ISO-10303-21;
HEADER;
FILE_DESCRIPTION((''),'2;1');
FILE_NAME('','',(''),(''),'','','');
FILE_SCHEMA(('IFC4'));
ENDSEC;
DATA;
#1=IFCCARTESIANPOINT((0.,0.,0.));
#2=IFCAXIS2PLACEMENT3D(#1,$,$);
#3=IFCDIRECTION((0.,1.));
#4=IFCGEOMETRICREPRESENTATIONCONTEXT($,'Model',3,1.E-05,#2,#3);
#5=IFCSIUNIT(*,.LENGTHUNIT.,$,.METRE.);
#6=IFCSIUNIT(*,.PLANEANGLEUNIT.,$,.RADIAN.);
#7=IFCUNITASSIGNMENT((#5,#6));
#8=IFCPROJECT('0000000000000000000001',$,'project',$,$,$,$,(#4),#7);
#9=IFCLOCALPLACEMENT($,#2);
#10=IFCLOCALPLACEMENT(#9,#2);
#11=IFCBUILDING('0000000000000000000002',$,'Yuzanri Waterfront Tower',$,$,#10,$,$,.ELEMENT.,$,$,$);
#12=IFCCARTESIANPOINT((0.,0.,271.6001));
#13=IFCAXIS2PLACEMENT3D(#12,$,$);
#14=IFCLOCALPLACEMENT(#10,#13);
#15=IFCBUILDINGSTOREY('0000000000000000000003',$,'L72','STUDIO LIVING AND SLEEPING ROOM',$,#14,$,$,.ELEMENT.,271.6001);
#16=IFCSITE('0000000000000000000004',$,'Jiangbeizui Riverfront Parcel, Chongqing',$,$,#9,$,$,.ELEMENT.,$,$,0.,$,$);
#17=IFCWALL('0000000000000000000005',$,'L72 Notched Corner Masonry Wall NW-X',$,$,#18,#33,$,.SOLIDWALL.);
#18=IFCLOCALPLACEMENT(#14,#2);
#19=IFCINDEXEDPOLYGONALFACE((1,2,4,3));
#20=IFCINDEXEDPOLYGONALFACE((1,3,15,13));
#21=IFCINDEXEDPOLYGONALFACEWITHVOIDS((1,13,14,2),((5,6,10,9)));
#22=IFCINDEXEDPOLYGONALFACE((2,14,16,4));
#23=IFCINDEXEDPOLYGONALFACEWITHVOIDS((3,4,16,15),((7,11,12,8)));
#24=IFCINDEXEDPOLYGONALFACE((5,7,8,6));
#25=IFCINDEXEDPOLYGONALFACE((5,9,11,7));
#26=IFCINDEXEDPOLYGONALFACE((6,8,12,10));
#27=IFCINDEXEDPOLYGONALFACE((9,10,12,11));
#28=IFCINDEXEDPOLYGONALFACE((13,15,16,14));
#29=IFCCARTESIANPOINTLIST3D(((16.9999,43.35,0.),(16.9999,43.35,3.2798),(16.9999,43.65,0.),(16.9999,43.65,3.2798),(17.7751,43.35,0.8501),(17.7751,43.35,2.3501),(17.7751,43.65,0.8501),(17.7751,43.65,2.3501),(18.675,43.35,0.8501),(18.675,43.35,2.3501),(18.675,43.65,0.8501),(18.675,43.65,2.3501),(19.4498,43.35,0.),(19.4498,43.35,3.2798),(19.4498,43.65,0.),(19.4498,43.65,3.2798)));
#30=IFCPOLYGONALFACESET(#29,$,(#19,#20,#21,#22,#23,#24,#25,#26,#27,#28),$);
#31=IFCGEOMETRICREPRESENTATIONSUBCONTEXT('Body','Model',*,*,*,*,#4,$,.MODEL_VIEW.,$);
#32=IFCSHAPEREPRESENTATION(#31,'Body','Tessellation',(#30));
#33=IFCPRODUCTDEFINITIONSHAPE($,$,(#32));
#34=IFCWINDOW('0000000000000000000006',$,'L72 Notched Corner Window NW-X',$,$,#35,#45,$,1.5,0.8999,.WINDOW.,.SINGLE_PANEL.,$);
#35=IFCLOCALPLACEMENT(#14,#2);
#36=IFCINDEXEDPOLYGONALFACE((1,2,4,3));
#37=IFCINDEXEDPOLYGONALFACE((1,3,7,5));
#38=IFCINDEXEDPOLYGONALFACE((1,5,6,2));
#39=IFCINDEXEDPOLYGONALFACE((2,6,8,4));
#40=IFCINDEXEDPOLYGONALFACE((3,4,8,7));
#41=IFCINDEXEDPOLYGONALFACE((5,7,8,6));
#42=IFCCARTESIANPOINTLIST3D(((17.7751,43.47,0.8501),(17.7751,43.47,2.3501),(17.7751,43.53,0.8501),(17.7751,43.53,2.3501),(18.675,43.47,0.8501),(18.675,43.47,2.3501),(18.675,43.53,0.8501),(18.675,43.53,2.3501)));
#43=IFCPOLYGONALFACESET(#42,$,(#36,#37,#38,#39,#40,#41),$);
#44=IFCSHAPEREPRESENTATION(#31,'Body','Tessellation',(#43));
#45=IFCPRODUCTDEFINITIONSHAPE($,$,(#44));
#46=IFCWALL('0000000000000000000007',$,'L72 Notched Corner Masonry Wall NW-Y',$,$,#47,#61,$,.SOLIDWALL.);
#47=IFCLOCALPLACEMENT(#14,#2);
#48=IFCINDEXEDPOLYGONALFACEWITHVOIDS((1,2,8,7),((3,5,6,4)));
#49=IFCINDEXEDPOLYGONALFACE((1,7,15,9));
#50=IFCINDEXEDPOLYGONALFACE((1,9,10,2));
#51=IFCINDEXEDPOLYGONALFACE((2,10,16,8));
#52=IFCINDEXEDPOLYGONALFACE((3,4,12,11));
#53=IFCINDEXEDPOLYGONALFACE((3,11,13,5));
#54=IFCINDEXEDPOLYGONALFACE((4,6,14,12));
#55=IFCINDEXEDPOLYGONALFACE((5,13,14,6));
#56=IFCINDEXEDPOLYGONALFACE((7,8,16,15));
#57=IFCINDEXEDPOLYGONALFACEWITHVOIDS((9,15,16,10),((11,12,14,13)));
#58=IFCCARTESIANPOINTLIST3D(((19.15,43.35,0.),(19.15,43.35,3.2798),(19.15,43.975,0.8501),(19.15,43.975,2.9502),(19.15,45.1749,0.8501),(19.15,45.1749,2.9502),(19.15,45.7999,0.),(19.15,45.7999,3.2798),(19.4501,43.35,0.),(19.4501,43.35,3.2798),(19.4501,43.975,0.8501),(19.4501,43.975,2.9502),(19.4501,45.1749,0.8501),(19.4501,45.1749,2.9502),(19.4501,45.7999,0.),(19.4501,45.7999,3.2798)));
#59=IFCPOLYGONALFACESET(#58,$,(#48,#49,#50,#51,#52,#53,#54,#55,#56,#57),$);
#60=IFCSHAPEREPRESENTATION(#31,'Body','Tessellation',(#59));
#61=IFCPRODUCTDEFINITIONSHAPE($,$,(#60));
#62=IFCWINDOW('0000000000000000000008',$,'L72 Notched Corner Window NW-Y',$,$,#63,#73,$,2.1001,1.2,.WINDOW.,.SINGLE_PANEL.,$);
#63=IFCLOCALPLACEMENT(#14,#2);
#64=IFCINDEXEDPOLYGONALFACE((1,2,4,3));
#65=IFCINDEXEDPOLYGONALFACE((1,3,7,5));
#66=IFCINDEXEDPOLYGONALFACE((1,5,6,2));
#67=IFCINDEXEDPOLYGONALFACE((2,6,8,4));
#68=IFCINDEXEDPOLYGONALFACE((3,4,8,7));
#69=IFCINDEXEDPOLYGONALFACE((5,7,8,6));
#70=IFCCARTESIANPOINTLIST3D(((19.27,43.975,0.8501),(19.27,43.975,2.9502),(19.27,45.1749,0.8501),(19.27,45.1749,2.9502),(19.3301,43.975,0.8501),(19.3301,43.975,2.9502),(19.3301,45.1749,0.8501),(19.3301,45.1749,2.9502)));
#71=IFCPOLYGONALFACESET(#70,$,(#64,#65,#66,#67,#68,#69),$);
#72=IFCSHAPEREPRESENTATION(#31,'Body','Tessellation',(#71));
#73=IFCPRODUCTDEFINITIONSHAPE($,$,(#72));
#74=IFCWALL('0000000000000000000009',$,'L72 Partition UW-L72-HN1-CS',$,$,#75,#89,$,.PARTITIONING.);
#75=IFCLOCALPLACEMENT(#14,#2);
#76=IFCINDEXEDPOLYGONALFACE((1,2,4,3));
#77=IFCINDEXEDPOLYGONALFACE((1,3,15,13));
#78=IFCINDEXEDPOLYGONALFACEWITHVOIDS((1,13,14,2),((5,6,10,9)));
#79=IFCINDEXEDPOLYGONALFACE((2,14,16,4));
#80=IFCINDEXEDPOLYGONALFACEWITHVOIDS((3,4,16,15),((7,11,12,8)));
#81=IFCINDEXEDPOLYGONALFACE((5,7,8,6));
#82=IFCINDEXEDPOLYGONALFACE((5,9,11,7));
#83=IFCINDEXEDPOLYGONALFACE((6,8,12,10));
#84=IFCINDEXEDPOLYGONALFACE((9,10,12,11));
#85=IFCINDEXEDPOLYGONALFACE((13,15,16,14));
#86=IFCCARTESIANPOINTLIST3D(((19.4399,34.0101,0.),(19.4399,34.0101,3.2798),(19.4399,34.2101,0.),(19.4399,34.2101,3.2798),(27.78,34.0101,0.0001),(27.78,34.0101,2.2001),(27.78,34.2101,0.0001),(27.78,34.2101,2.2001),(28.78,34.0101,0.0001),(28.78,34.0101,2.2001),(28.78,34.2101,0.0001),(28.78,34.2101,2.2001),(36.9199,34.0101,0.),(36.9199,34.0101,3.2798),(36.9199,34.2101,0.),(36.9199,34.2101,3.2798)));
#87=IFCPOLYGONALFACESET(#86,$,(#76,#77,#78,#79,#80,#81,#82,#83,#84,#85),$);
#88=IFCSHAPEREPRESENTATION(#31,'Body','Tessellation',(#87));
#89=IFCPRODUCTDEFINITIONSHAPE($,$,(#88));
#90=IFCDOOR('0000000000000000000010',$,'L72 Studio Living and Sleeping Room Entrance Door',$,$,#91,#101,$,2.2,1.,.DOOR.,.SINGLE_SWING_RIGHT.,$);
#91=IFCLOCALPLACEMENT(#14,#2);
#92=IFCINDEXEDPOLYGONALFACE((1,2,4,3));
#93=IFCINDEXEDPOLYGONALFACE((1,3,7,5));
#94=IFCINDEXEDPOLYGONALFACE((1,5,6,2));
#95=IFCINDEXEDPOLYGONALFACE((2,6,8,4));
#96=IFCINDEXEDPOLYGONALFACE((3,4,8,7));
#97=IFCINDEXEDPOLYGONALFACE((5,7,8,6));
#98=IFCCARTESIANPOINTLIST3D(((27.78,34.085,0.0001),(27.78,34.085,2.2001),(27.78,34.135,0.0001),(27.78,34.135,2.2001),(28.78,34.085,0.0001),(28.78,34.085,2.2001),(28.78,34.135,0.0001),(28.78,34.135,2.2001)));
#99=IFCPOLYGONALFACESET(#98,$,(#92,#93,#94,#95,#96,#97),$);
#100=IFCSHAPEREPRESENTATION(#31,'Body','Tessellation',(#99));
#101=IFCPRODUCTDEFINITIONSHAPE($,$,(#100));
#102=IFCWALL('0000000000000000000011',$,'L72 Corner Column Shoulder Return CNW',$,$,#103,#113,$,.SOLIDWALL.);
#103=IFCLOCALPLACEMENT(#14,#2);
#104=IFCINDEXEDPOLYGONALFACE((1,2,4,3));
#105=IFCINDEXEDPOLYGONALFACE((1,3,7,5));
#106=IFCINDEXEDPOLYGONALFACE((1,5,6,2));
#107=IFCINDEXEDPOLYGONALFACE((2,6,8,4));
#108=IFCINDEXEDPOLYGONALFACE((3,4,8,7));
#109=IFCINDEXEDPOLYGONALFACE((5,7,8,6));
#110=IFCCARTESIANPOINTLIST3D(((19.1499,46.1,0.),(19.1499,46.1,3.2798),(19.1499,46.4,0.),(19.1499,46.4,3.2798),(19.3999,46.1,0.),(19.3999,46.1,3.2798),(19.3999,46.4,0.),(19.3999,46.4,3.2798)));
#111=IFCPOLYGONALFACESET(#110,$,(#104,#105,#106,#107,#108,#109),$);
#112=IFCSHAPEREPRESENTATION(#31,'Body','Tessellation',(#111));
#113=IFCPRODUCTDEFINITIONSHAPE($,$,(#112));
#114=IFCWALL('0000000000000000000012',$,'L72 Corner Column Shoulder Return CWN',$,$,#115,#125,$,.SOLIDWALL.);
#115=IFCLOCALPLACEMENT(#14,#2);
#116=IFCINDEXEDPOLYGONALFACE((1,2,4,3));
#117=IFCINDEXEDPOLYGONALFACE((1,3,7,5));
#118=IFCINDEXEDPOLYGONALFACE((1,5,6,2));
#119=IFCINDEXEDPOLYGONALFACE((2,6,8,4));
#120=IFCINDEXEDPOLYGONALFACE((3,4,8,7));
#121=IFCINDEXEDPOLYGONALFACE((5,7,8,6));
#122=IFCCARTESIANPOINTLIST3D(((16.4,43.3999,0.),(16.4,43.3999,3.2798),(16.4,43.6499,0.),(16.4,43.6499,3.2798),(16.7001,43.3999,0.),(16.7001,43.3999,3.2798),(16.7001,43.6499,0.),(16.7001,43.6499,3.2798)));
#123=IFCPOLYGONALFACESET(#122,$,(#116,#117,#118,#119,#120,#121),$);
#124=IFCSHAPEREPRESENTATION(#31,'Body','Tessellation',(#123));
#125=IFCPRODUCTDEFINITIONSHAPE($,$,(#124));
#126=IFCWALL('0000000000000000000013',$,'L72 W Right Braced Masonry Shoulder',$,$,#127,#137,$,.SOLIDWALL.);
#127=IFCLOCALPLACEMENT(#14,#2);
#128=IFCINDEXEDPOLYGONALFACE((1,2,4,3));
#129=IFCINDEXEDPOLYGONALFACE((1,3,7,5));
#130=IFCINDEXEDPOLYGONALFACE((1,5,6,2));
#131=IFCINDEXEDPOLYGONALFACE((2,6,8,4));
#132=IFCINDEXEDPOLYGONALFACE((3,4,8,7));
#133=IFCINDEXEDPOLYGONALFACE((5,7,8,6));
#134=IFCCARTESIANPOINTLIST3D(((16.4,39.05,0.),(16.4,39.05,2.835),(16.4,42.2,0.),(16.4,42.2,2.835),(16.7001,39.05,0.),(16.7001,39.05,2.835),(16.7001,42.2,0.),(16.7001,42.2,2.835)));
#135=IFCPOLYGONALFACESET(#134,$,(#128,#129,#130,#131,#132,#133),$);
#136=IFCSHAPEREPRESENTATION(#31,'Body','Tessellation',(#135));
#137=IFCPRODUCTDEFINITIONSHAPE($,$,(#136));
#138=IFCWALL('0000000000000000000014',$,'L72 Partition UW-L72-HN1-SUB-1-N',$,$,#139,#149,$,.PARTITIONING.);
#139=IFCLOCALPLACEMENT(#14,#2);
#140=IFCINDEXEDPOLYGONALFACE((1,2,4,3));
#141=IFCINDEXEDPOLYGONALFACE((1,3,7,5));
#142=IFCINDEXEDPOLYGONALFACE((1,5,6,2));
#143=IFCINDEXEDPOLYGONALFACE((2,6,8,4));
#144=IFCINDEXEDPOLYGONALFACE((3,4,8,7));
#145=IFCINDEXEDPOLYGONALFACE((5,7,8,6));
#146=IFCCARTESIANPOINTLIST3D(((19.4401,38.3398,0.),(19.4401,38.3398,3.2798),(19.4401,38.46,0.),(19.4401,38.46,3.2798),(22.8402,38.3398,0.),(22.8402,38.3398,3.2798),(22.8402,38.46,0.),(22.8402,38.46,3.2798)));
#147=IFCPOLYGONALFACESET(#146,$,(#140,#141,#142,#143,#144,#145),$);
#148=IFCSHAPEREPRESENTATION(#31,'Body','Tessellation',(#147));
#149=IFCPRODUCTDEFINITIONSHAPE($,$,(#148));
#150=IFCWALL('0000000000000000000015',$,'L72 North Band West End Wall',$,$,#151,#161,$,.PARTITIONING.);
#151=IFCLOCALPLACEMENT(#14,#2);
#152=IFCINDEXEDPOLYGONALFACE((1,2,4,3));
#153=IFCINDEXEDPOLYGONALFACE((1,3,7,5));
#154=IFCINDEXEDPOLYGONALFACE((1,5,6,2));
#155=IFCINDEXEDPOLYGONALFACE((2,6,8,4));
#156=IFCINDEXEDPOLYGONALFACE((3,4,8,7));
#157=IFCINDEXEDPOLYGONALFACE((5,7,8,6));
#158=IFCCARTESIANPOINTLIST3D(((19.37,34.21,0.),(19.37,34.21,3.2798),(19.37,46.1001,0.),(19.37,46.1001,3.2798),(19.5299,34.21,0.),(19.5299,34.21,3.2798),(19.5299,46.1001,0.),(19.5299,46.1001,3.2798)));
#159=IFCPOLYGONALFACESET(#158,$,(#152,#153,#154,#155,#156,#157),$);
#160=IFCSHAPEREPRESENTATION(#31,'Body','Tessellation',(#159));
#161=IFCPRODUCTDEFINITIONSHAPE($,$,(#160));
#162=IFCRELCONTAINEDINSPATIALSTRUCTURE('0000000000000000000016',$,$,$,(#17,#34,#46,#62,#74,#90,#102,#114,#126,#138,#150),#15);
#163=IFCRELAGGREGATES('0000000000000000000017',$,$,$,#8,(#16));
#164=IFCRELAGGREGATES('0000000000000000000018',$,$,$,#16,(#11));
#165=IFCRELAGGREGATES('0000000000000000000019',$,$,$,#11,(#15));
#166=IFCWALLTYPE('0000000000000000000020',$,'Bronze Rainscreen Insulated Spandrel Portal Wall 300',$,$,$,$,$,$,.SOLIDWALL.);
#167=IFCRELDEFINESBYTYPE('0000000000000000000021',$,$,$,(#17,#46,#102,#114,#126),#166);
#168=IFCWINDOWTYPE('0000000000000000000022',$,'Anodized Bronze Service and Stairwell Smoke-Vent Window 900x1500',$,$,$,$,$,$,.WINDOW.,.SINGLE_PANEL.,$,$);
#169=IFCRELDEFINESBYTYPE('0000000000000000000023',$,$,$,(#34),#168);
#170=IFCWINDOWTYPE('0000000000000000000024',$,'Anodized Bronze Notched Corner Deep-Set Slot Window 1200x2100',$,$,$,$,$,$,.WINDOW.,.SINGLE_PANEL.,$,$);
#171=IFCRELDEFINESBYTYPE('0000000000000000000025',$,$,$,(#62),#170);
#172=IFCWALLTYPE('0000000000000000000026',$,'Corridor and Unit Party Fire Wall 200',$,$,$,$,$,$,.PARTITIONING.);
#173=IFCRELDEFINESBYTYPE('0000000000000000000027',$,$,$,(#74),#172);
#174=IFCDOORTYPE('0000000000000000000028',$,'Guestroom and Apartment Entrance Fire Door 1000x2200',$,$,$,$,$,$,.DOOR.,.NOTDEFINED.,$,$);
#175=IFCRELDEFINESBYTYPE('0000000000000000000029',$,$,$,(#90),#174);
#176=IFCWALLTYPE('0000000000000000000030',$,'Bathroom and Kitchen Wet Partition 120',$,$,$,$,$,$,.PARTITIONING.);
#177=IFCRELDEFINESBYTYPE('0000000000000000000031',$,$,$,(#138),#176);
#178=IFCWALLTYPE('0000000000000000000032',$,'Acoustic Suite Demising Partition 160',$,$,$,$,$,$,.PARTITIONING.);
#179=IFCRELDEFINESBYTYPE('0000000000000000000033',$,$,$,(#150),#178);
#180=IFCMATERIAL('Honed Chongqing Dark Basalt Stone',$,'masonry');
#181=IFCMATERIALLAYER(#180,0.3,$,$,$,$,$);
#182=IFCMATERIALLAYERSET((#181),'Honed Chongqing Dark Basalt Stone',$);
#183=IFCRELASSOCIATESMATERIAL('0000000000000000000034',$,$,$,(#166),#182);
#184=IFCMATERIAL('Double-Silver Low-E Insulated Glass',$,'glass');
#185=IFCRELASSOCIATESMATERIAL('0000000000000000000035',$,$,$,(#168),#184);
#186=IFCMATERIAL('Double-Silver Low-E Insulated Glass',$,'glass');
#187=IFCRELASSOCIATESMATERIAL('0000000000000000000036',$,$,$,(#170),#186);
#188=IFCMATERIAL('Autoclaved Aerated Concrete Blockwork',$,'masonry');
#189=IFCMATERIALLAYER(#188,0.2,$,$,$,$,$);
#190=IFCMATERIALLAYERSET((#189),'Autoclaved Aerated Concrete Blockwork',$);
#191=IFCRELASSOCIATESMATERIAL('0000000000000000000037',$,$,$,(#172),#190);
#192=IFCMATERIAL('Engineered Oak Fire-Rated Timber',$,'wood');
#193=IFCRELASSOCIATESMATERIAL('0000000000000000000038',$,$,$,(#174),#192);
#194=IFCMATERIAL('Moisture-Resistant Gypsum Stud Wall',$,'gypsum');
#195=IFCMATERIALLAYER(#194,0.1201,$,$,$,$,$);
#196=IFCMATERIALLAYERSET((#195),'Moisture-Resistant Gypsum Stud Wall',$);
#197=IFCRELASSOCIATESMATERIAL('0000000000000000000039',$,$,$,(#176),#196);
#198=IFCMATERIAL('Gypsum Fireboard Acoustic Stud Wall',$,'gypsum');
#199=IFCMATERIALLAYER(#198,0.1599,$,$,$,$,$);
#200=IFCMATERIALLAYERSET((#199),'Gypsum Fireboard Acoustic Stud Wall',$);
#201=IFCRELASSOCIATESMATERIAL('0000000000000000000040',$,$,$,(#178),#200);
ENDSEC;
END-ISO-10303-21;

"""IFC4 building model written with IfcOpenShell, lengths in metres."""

from ifc_helpers import new_model, si_unit, direction, frame, frame_2d, origin, place, context, subcontext, project, spatial, rectangle, extrude, source, transform, mapped, material, layer, layer_set, type_object, element, fill, save


model = new_model("IFC4")

# Units and contexts
model_context = context("Model", 3, precision=1e-05, world=origin(), true_north=direction((0.0, 1.0)))
body_context = subcontext(model_context, "Body", "Model", "MODEL_VIEW")
ifc_project = project(units=[si_unit("LENGTHUNIT", "METRE"), si_unit("PLANEANGLEUNIT", "RADIAN")], contexts=[model_context])

# Site, building, storey
site_placement = place(None, origin())
site = spatial("IfcSite", under=ifc_project, at=site_placement, Name="Jiangbeizui Riverfront Parcel, Chongqing", CompositionType="ELEMENT", RefElevation=0.0)
building_placement = place(site_placement, origin())
building = spatial("IfcBuilding", under=site, at=building_placement, Name="Yuzanri Waterfront Tower", CompositionType="ELEMENT")
storey_placement = place(building_placement, frame((0.0, 0.0, 271.6001)))
storey = spatial("IfcBuildingStorey", under=building, at=storey_placement, Name="L72", Description="STUDIO LIVING AND SLEEPING ROOM", CompositionType="ELEMENT", Elevation=271.6001)

# Walls, openings, windows
ifc_material_1 = material(Name="Honed Chongqing Dark Basalt Stone", Category="masonry")
ifc_layer_1 = layer(ifc_material_1, 0.3)
ifc_layer_set_1 = layer_set([ifc_layer_1], Name="Honed Chongqing Dark Basalt Stone")
wall_type_1 = type_object("IfcWallType", Name="Bronze Rainscreen Insulated Spandrel Portal Wall 300", PredefinedType="SOLIDWALL", material=ifc_layer_set_1)
wall_1_placement = place(storey_placement, frame((19.45, 43.5, 0.0), z_axis=(0.0, 0.0, 1.0), x_axis=(-1.0, 0.0, 0.0)))
wall_1 = element("IfcWall", 1, at=wall_1_placement, inside=storey, type_object=wall_type_1, Name="L72 Notched Corner Masonry Wall NW-X", PredefinedType="SOLIDWALL", context=body_context, shape_type="SweptSolid", body=[
    extrude(rectangle(XDim=2.45, YDim=0.3, at=frame_2d((1.2251, 0.0))), origin(), (0.0, 0.0, 1.0), 3.2798),
])
opening_1_placement = place(wall_1_placement, frame((0.7749, 0.0, 0.8501)))
opening_1 = element("IfcOpeningElement", 2, at=opening_1_placement, cuts=wall_1, PredefinedType="OPENING", context=body_context, shape_type="SweptSolid", body=[
    extrude(rectangle(XDim=0.8999, YDim=1.5, at=frame_2d((0.45, 0.75))), frame((0.0, 0.165, 0.0), z_axis=(0.0, -1.0, 0.0), x_axis=(1.0, 0.0, 0.0)), (0.0, 0.0, 1.0), 0.3298),
])
ifc_material_2 = material(Name="Double-Silver Low-E Insulated Glass", Category="glass")
window_type_1 = type_object("IfcWindowType", Name="Anodized Bronze Service and Stairwell Smoke-Vent Window 900x1500", PartitioningType="SINGLE_PANEL", PredefinedType="WINDOW", material=ifc_material_2)
shared_shape_1 = source(origin(), body_context, "Body", "SweptSolid", [
    extrude(rectangle(XDim=0.8999, YDim=1.5, at=frame_2d((0.45, 0.75))), frame((0.0, 0.03, 0.0), z_axis=(0.0, -1.0, 0.0), x_axis=(1.0, 0.0, 0.0)), (0.0, 0.0, 1.0), 0.0601),
])
window_1_placement = place(opening_1_placement, origin())
window_1 = element("IfcWindow", 3, at=window_1_placement, inside=storey, type_object=window_type_1, Name="L72 Notched Corner Window NW-X", OverallHeight=1.5, OverallWidth=0.8999, PartitioningType="SINGLE_PANEL", PredefinedType="WINDOW", context=body_context, shape_type="MappedRepresentation", body=[
    mapped(shared_shape_1, transform((0.0, 0.0, 0.0), scale=1.0)),
])
fill(opening_1, window_1)
wall_2_placement = place(storey_placement, frame((19.3, 45.8, 0.0), z_axis=(0.0, 0.0, 1.0), x_axis=(0.0, -1.0, 0.0)))
wall_2 = element("IfcWall", 4, at=wall_2_placement, inside=storey, type_object=wall_type_1, Name="L72 Notched Corner Masonry Wall NW-Y", PredefinedType="SOLIDWALL", context=body_context, shape_type="SweptSolid", body=[
    extrude(rectangle(XDim=2.45, YDim=0.3, at=frame_2d((1.2251, 0.0))), origin(), (0.0, 0.0, 1.0), 3.2798),
])
opening_2_placement = place(wall_2_placement, frame((0.625, 0.0, 0.8501)))
opening_2 = element("IfcOpeningElement", 5, at=opening_2_placement, cuts=wall_2, PredefinedType="OPENING", context=body_context, shape_type="SweptSolid", body=[
    extrude(rectangle(XDim=1.2, YDim=2.1001, at=frame_2d((0.6001, 1.05))), frame((0.0, 0.165, 0.0), z_axis=(0.0, -1.0, 0.0), x_axis=(1.0, 0.0, 0.0)), (0.0, 0.0, 1.0), 0.3298),
])
ifc_material_3 = material(Name="Double-Silver Low-E Insulated Glass", Category="glass")
window_type_2 = type_object("IfcWindowType", Name="Anodized Bronze Notched Corner Deep-Set Slot Window 1200x2100", PartitioningType="SINGLE_PANEL", PredefinedType="WINDOW", material=ifc_material_3)
shared_shape_2 = source(origin(), body_context, "Body", "SweptSolid", [
    extrude(rectangle(XDim=1.2, YDim=2.1001, at=frame_2d((0.6001, 1.05))), frame((0.0, 0.03, 0.0), z_axis=(0.0, -1.0, 0.0), x_axis=(1.0, 0.0, 0.0)), (0.0, 0.0, 1.0), 0.0601),
])
window_2_placement = place(opening_2_placement, origin())
window_2 = element("IfcWindow", 6, at=window_2_placement, inside=storey, type_object=window_type_2, Name="L72 Notched Corner Window NW-Y", OverallHeight=2.1001, OverallWidth=1.2, PartitioningType="SINGLE_PANEL", PredefinedType="WINDOW", context=body_context, shape_type="MappedRepresentation", body=[
    mapped(shared_shape_2, transform((0.0, 0.0, 0.0), scale=1.0)),
])
fill(opening_2, window_2)

# Wall, opening, door
ifc_material_4 = material(Name="Autoclaved Aerated Concrete Blockwork", Category="masonry")
ifc_layer_2 = layer(ifc_material_4, 0.2)
ifc_layer_set_2 = layer_set([ifc_layer_2], Name="Autoclaved Aerated Concrete Blockwork")
wall_type_2 = type_object("IfcWallType", Name="Corridor and Unit Party Fire Wall 200", PredefinedType="PARTITIONING", material=ifc_layer_set_2)
wall_3_placement = place(storey_placement, frame((19.4399, 34.1101, 0.0), z_axis=(0.0, 0.0, 1.0), x_axis=(1.0, 0.0, 0.0)))
wall_3 = element("IfcWall", 7, at=wall_3_placement, inside=storey, type_object=wall_type_2, Name="L72 Partition UW-L72-HN1-CS", PredefinedType="PARTITIONING", context=body_context, shape_type="SweptSolid", body=[
    extrude(rectangle(XDim=17.48, YDim=0.2, at=frame_2d((8.74, 0.0))), origin(), (0.0, 0.0, 1.0), 3.2798),
])
opening_3_placement = place(wall_3_placement, frame((8.3401, 0.0, 0.0)))
opening_3 = element("IfcOpeningElement", 8, at=opening_3_placement, cuts=wall_3, PredefinedType="OPENING", context=body_context, shape_type="SweptSolid", body=[
    extrude(rectangle(XDim=1.0, YDim=2.2, at=frame_2d((0.5, 1.1001))), frame((0.0, 0.1147, 0.0), z_axis=(0.0, -1.0, 0.0), x_axis=(1.0, 0.0, 0.0)), (0.0, 0.0, 1.0), 0.2297),
])
ifc_material_5 = material(Name="Engineered Oak Fire-Rated Timber", Category="wood")
door_type = type_object("IfcDoorType", Name="Guestroom and Apartment Entrance Fire Door 1000x2200", OperationType="NOTDEFINED", PredefinedType="DOOR", material=ifc_material_5)
shared_shape_3 = source(origin(), body_context, "Body", "SweptSolid", [
    extrude(rectangle(XDim=1.0, YDim=2.2, at=frame_2d((0.5, 1.1001))), frame((0.0, 0.0249, 0.0), z_axis=(0.0, -1.0, 0.0), x_axis=(1.0, 0.0, 0.0)), (0.0, 0.0, 1.0), 0.05),
])
door_placement = place(opening_3_placement, origin())
door = element("IfcDoor", 9, at=door_placement, inside=storey, type_object=door_type, Name="L72 Studio Living and Sleeping Room Entrance Door", OperationType="SINGLE_SWING_RIGHT", OverallHeight=2.2, OverallWidth=1.0, PredefinedType="DOOR", context=body_context, shape_type="MappedRepresentation", body=[
    mapped(shared_shape_3, transform((0.0, 0.0, 0.0), scale=1.0)),
])
fill(opening_3, door)

# Walls
shared_shape_4 = source(origin(), body_context, "Body", "SweptSolid", [
    extrude(rectangle(XDim=0.25, YDim=0.3, at=frame_2d((0.125, 0.0))), origin(), (0.0, 0.0, 1.0), 3.2798),
])
for number, where, z_axis, x_axis, name in (
    (10, (19.1499, 46.25, 0.0), (0.0, 0.0, 1.0), (1.0, 0.0, 0.0), "L72 Corner Column Shoulder Return CNW"),
    (11, (16.55, 43.3999, 0.0), (0.0, 0.0, 1.0), (0.0, 1.0, 0.0), "L72 Corner Column Shoulder Return CWN"),
):
    element("IfcWall", number, at=place(storey_placement, frame(where, z_axis=z_axis, x_axis=x_axis)), inside=storey, type_object=wall_type_1, Name=name, PredefinedType="SOLIDWALL", context=body_context, shape_type="MappedRepresentation", body=[
        mapped(shared_shape_4, transform((0.0, 0.0, 0.0), scale=1.0)),
    ])
shared_shape_5 = source(origin(), body_context, "Body", "SweptSolid", [
    extrude(rectangle(XDim=3.1499, YDim=0.3, at=frame_2d((1.575, 0.0))), origin(), (0.0, 0.0, 1.0), 2.835),
])
wall_4_placement = place(storey_placement, frame((16.55, 39.05, 0.0), z_axis=(0.0, 0.0, 1.0), x_axis=(0.0, 1.0, 0.0)))
element("IfcWall", 12, at=wall_4_placement, inside=storey, type_object=wall_type_1, Name="L72 W Right Braced Masonry Shoulder", PredefinedType="SOLIDWALL", context=body_context, shape_type="MappedRepresentation", body=[
    mapped(shared_shape_5, transform((0.0, 0.0, 0.0), scale=1.0)),
])
ifc_material_6 = material(Name="Moisture-Resistant Gypsum Stud Wall", Category="gypsum")
ifc_layer_3 = layer(ifc_material_6, 0.1201)
ifc_layer_set_3 = layer_set([ifc_layer_3], Name="Moisture-Resistant Gypsum Stud Wall")
wall_type_3 = type_object("IfcWallType", Name="Bathroom and Kitchen Wet Partition 120", PredefinedType="PARTITIONING", material=ifc_layer_set_3)
shared_shape_6 = source(origin(), body_context, "Body", "SweptSolid", [
    extrude(rectangle(XDim=3.4001, YDim=0.1201, at=frame_2d((1.7002, 0.0))), origin(), (0.0, 0.0, 1.0), 3.2798),
])
wall_5_placement = place(storey_placement, frame((19.4399, 38.3999, 0.0), z_axis=(0.0, 0.0, 1.0), x_axis=(1.0, 0.0, 0.0)))
element("IfcWall", 13, at=wall_5_placement, inside=storey, type_object=wall_type_3, Name="L72 Partition UW-L72-HN1-SUB-1-N", PredefinedType="PARTITIONING", context=body_context, shape_type="MappedRepresentation", body=[
    mapped(shared_shape_6, transform((0.0, 0.0, 0.0), scale=1.0)),
])
ifc_material_7 = material(Name="Gypsum Fireboard Acoustic Stud Wall", Category="gypsum")
ifc_layer_4 = layer(ifc_material_7, 0.1599)
ifc_layer_set_4 = layer_set([ifc_layer_4], Name="Gypsum Fireboard Acoustic Stud Wall")
wall_type_4 = type_object("IfcWallType", Name="Acoustic Suite Demising Partition 160", PredefinedType="PARTITIONING", material=ifc_layer_set_4)
shared_shape_7 = source(origin(), body_context, "Body", "SweptSolid", [
    extrude(rectangle(XDim=11.8901, YDim=0.1599, at=frame_2d((5.9451, 0.0))), origin(), (0.0, 0.0, 1.0), 3.2798),
])
wall_6_placement = place(storey_placement, frame((19.45, 34.21, 0.0), z_axis=(0.0, 0.0, 1.0), x_axis=(0.0, 1.0, 0.0)))
element("IfcWall", 14, at=wall_6_placement, inside=storey, type_object=wall_type_4, Name="L72 North Band West End Wall", PredefinedType="PARTITIONING", context=body_context, shape_type="MappedRepresentation", body=[
    mapped(shared_shape_7, transform((0.0, 0.0, 0.0), scale=1.0)),
])

save(model, "model.ifc")
